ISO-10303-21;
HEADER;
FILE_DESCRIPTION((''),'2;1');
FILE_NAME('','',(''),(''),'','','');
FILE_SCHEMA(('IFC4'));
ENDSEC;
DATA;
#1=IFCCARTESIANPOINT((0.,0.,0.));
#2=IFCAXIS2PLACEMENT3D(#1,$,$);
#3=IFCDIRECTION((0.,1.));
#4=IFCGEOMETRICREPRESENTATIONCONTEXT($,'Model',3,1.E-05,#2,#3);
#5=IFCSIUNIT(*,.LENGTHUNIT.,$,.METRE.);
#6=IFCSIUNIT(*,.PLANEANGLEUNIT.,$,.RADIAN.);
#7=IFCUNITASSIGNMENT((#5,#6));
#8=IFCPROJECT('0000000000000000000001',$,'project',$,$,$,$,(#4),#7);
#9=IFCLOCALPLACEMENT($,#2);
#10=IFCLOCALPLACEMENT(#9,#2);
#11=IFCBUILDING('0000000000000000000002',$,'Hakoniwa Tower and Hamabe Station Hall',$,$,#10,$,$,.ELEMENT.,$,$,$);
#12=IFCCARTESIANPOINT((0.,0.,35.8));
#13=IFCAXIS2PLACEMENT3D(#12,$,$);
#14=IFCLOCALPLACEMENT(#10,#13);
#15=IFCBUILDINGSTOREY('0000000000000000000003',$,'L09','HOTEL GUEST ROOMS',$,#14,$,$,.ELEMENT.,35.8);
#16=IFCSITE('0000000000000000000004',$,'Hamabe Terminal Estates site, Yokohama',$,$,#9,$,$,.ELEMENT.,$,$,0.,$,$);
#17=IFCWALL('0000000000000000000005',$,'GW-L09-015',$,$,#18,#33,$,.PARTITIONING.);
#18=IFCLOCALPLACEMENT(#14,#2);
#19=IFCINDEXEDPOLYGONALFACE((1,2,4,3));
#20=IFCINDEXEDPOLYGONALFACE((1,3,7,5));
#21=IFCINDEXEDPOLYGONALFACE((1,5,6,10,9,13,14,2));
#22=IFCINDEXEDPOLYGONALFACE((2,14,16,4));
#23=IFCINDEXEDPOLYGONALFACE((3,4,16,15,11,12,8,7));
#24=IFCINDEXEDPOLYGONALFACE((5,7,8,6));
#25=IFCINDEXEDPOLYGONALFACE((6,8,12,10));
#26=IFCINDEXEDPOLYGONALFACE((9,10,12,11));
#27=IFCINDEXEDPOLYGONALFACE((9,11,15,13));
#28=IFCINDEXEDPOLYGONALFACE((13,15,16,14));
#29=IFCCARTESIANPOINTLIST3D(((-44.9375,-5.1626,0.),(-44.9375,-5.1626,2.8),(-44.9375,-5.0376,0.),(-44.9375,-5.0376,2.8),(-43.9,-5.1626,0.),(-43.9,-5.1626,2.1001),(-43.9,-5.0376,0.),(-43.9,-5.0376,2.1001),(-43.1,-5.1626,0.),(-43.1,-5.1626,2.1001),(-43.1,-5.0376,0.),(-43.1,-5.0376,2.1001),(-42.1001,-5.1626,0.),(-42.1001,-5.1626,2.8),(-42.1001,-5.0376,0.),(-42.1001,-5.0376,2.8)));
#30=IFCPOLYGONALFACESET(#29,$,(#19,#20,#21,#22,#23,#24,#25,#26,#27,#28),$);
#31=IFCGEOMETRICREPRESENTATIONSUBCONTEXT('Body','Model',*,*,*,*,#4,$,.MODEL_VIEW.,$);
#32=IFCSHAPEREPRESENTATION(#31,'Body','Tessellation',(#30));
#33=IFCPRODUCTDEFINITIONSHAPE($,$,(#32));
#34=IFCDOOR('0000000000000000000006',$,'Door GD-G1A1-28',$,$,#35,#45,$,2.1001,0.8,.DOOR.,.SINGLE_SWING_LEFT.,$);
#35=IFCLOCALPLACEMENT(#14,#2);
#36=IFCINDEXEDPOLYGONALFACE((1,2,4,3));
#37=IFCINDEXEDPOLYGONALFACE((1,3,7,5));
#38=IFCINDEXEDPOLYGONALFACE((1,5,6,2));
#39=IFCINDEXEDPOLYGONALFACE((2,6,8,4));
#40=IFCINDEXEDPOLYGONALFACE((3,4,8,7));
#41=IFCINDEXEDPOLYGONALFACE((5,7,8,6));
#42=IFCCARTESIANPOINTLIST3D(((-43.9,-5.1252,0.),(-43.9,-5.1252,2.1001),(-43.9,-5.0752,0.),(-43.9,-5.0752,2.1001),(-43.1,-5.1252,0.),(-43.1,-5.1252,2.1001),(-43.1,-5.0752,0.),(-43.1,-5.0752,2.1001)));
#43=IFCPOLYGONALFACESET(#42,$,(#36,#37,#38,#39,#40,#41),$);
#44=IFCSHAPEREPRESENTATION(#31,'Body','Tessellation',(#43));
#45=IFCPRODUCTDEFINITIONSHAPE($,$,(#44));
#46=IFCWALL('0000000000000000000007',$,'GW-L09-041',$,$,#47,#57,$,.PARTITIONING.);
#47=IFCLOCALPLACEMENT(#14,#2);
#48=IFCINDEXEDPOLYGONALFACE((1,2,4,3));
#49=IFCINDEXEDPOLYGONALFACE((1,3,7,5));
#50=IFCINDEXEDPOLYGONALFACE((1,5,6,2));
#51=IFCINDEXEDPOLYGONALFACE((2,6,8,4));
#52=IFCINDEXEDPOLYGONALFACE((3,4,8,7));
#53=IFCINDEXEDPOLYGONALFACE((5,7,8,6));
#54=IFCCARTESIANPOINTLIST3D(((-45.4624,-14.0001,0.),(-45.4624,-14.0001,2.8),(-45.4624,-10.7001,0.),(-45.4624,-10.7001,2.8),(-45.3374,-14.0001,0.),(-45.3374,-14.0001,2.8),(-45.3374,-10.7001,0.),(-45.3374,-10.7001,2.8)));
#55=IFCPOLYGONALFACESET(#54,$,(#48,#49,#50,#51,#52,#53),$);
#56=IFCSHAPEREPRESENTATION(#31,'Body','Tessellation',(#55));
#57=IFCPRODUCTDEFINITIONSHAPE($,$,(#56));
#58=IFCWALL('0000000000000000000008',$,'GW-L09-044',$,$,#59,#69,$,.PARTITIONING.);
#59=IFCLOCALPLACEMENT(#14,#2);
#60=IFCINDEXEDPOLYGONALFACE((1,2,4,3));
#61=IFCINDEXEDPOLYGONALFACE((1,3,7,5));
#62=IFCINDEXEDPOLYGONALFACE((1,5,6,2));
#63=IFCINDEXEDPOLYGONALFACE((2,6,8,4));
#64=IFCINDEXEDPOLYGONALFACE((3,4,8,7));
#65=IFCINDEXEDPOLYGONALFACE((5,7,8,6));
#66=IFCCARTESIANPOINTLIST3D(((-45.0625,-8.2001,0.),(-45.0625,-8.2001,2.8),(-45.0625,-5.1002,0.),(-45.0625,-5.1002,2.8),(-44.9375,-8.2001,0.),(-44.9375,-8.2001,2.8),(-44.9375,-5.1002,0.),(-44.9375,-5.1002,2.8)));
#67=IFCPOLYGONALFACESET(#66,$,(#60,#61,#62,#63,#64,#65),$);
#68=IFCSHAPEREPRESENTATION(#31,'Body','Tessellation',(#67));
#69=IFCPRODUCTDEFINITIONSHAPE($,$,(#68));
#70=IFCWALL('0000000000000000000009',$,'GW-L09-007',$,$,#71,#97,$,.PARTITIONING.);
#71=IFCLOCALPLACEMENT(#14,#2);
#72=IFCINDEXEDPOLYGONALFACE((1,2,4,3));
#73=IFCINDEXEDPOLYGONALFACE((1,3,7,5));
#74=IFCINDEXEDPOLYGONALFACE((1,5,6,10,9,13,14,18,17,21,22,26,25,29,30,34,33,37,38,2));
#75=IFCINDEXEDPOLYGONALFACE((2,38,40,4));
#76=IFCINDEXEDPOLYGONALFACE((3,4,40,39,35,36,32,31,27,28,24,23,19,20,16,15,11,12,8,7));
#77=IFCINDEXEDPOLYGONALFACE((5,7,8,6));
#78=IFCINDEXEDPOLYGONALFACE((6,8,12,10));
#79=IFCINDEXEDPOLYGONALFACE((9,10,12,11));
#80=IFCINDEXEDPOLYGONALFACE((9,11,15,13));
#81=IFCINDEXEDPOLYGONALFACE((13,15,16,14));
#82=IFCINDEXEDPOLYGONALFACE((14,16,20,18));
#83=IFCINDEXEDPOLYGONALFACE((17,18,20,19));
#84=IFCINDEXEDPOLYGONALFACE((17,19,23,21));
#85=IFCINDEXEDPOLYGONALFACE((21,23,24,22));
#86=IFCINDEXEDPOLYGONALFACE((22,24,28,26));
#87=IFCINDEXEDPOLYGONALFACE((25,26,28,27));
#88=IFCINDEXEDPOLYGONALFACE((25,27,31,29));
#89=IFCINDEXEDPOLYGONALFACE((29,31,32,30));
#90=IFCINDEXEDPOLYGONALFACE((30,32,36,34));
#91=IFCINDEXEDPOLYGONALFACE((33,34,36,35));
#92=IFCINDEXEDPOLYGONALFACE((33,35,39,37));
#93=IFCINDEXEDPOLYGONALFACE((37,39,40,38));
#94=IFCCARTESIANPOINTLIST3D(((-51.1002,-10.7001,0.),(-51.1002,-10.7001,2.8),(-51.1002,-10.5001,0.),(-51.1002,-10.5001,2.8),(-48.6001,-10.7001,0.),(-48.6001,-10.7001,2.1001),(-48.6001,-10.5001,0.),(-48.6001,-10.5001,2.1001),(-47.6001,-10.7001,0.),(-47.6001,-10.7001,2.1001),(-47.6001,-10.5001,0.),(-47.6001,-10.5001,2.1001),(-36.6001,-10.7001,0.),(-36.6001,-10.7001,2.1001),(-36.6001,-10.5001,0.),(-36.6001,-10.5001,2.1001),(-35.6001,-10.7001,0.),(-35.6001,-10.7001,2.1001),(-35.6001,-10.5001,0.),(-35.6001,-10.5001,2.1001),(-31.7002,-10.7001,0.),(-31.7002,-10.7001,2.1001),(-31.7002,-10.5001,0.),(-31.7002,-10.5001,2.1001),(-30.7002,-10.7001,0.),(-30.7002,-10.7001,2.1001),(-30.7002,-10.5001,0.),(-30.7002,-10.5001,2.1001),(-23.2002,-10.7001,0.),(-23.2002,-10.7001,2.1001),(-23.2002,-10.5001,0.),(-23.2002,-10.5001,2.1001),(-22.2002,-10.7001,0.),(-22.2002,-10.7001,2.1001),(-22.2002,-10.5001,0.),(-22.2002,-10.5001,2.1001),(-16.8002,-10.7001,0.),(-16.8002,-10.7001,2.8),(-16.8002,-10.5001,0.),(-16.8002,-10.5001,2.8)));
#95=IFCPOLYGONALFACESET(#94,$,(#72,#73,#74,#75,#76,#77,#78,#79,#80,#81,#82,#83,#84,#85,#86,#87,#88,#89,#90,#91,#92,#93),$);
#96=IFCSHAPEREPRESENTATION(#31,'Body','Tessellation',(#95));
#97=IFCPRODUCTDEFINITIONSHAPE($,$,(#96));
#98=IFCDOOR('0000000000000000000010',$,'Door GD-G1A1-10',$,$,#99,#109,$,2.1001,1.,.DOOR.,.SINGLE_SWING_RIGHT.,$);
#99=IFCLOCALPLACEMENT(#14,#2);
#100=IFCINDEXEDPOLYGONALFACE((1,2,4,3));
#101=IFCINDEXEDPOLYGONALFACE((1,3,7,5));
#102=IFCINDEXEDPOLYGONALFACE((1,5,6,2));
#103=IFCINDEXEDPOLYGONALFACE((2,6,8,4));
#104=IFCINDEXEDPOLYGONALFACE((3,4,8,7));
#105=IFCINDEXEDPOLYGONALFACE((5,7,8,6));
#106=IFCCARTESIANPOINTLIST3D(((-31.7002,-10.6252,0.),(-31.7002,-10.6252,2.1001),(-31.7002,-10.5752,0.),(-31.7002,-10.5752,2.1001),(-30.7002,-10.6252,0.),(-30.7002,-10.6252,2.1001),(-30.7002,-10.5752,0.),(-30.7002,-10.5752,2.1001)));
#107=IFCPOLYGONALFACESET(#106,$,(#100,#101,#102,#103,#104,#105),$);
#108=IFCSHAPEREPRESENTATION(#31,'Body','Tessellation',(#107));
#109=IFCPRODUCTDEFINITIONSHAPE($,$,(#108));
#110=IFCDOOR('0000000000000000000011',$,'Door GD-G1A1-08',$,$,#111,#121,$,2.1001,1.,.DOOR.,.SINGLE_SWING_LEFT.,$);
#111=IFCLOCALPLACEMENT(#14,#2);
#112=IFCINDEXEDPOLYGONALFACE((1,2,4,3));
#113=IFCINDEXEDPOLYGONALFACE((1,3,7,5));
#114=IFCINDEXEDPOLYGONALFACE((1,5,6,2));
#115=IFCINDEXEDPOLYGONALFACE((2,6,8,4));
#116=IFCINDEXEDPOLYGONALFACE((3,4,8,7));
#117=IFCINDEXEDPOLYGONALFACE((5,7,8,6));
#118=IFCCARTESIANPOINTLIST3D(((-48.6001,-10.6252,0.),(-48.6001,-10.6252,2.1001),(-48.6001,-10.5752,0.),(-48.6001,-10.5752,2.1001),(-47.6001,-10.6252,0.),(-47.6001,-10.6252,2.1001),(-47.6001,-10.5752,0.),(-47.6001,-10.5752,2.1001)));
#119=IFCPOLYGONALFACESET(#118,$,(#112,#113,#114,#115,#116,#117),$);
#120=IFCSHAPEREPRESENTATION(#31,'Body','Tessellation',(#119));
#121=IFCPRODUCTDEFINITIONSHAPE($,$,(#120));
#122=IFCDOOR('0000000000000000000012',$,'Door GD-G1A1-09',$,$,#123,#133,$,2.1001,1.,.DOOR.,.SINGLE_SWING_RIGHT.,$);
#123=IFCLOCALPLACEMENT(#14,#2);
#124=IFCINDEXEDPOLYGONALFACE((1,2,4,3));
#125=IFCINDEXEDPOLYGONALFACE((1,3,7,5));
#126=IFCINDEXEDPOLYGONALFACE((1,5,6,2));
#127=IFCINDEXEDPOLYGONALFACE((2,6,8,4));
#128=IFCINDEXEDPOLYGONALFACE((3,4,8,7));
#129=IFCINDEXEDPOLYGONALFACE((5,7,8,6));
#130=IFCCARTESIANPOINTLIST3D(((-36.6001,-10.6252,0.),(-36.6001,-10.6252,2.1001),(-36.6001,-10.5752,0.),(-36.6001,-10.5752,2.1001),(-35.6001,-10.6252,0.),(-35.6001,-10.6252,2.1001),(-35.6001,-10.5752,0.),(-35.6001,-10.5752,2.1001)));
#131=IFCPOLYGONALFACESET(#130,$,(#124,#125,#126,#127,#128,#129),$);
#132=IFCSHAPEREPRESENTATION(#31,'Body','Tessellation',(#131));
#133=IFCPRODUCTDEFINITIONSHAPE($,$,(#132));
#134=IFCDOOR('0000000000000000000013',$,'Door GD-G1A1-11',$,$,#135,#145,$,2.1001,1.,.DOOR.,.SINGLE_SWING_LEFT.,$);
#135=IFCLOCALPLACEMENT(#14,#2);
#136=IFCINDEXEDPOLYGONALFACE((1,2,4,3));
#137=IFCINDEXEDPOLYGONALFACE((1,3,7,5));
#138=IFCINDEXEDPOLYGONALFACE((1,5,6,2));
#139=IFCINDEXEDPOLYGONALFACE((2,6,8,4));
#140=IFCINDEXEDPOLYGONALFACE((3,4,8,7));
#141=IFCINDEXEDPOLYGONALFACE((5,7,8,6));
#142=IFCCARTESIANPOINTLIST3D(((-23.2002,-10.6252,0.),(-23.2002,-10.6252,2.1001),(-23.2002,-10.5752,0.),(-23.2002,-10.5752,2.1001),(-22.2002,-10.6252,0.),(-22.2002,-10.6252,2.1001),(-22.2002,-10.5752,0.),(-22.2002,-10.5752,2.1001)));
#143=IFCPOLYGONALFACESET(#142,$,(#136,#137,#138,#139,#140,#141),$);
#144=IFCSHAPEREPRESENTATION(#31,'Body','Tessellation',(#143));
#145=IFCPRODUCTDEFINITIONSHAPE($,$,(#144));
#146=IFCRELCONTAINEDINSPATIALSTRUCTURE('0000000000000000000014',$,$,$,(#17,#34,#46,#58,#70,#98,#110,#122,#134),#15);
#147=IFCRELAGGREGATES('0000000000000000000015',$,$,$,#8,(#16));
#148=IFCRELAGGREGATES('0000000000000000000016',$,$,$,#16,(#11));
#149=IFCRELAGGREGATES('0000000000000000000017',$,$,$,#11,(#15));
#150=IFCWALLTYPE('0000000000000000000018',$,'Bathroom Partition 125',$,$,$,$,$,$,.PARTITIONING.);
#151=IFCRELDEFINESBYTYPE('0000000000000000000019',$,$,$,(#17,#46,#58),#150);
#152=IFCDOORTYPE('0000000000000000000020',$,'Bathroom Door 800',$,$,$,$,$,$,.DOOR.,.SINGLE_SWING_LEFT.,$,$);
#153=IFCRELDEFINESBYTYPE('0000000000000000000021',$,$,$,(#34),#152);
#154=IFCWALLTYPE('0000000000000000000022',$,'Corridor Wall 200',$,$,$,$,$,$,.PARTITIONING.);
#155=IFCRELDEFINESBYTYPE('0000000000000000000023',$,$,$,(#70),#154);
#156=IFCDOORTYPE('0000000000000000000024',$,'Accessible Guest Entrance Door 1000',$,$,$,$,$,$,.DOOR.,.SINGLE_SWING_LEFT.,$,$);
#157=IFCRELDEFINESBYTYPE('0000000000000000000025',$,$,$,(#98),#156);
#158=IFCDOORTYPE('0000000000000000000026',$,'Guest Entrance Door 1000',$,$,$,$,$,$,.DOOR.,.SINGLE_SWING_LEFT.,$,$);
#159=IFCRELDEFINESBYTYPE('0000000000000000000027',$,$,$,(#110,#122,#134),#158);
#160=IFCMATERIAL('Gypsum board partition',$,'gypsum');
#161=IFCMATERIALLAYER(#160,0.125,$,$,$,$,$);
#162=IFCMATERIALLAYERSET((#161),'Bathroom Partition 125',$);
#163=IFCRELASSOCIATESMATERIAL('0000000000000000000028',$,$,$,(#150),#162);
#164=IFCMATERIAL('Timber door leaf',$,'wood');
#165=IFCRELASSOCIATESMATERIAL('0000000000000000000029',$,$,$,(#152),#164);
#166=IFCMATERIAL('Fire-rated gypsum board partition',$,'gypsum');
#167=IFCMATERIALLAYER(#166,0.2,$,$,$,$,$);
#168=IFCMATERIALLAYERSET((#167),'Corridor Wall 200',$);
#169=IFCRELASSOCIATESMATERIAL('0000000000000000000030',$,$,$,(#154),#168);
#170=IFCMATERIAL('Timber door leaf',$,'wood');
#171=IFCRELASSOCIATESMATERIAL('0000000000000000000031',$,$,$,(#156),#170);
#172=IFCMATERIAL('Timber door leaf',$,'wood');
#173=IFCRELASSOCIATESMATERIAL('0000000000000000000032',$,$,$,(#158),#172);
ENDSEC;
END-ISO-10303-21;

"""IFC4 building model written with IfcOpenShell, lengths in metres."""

from ifc_helpers import new_model, si_unit, direction, frame, frame_2d, origin, place, context, subcontext, project, spatial, rectangle, extrude, material, layer, layer_set, type_object, element, fill, save


model = new_model("IFC4")

# Units and contexts
model_context = context("Model", 3, precision=1e-05, world=origin(), true_north=direction((0.0, 1.0)))
body_context = subcontext(model_context, "Body", "Model", "MODEL_VIEW")
ifc_project = project(units=[si_unit("LENGTHUNIT", "METRE"), si_unit("PLANEANGLEUNIT", "RADIAN")], contexts=[model_context])

# Site, building, storey
site_placement = place(None, origin())
site = spatial("IfcSite", under=ifc_project, at=site_placement, Name="Hamabe Terminal Estates site, Yokohama", CompositionType="ELEMENT", RefElevation=0.0)
building_placement = place(site_placement, origin())
building = spatial("IfcBuilding", under=site, at=building_placement, Name="Hakoniwa Tower and Hamabe Station Hall", CompositionType="ELEMENT")
storey_placement = place(building_placement, frame((0.0, 0.0, 35.8)))
storey = spatial("IfcBuildingStorey", under=building, at=storey_placement, Name="L09", Description="HOTEL GUEST ROOMS", CompositionType="ELEMENT", Elevation=35.8)

# Shared definitions
ifc_material_1 = material(Name="Gypsum board partition", Category="gypsum")
ifc_layer_1 = layer(ifc_material_1, 0.125)
ifc_layer_set_1 = layer_set([ifc_layer_1], Name="Bathroom Partition 125")
wall_type_1 = type_object("IfcWallType", Name="Bathroom Partition 125", PredefinedType="PARTITIONING", material=ifc_layer_set_1)
ifc_material_2 = material(Name="Timber door leaf", Category="wood")
door_type_1 = type_object("IfcDoorType", Name="Bathroom Door 800", OperationType="SINGLE_SWING_LEFT", PredefinedType="DOOR", material=ifc_material_2)

# Wall, opening, door
wall_1_placement = place(storey_placement, frame((-44.9375, -5.1001, 0.0), z_axis=(0.0, 0.0, 1.0), x_axis=(1.0, 0.0, 0.0)))
wall_1 = element("IfcWall", 1, at=wall_1_placement, inside=storey, type_object=wall_type_1, Name="GW-L09-015", PredefinedType="PARTITIONING", context=body_context, shape_type="SweptSolid", body=[
    extrude(rectangle(XDim=2.8374, YDim=0.125, at=frame_2d((1.4187, 0.0))), origin(), (0.0, 0.0, 1.0), 2.8),
])
opening_1_placement = place(wall_1_placement, frame((1.0376, 0.0, 0.0)))
opening_1 = element("IfcOpeningElement", 2, at=opening_1_placement, cuts=wall_1, PredefinedType="OPENING", context=body_context, shape_type="SweptSolid", body=[
    extrude(rectangle(XDim=0.8, YDim=2.1001, at=frame_2d((0.3999, 1.05))), frame((0.0, 0.0725, 0.0), z_axis=(0.0, -1.0, 0.0), x_axis=(1.0, 0.0, 0.0)), (0.0, 0.0, 1.0), 0.145),
])
door_1_placement = place(opening_1_placement, origin())
door_1 = element("IfcDoor", 3, at=door_1_placement, inside=storey, type_object=door_type_1, Name="Door GD-G1A1-28", OperationType="SINGLE_SWING_LEFT", OverallHeight=2.1001, OverallWidth=0.8, PredefinedType="DOOR", context=body_context, shape_type="SweptSolid", body=[
    extrude(rectangle(XDim=0.8, YDim=2.1001, at=frame_2d((0.3999, 1.05))), frame((0.0, 0.0249, 0.0), z_axis=(0.0, -1.0, 0.0), x_axis=(1.0, 0.0, 0.0)), (0.0, 0.0, 1.0), 0.05),
])
fill(opening_1, door_1)

# Walls
wall_2_placement = place(storey_placement, frame((-45.3999, -14.0, 0.0), z_axis=(0.0, 0.0, 1.0), x_axis=(0.0, 1.0, 0.0)))
element("IfcWall", 4, at=wall_2_placement, inside=storey, type_object=wall_type_1, Name="GW-L09-041", PredefinedType="PARTITIONING", context=body_context, shape_type="SweptSolid", body=[
    extrude(rectangle(XDim=3.3, YDim=0.125, at=frame_2d((1.6499, 0.0))), origin(), (0.0, 0.0, 1.0), 2.8),
])
wall_3_placement = place(storey_placement, frame((-45.0, -8.2, 0.0), z_axis=(0.0, 0.0, 1.0), x_axis=(0.0, 1.0, 0.0)))
element("IfcWall", 5, at=wall_3_placement, inside=storey, type_object=wall_type_1, Name="GW-L09-044", PredefinedType="PARTITIONING", context=body_context, shape_type="SweptSolid", body=[
    extrude(rectangle(XDim=3.0999, YDim=0.125, at=frame_2d((1.5498, 0.0))), origin(), (0.0, 0.0, 1.0), 2.8),
])

# Wall, openings, doors
ifc_material_3 = material(Name="Fire-rated gypsum board partition", Category="gypsum")
ifc_layer_2 = layer(ifc_material_3, 0.2)
ifc_layer_set_2 = layer_set([ifc_layer_2], Name="Corridor Wall 200")
wall_type_2 = type_object("IfcWallType", Name="Corridor Wall 200", PredefinedType="PARTITIONING", material=ifc_layer_set_2)
wall_4_placement = place(storey_placement, frame((-51.1001, -10.6001, 0.0), z_axis=(0.0, 0.0, 1.0), x_axis=(1.0, 0.0, 0.0)))
wall_4 = element("IfcWall", 6, at=wall_4_placement, inside=storey, type_object=wall_type_2, Name="GW-L09-007", PredefinedType="PARTITIONING", context=body_context, shape_type="SweptSolid", body=[
    extrude(rectangle(XDim=34.3, YDim=0.2, at=frame_2d((17.1499, 0.0))), origin(), (0.0, 0.0, 1.0), 2.8),
])
opening_2_placement = place(wall_4_placement, frame((2.5, 0.0, 0.0)))
opening_2 = element("IfcOpeningElement", 7, at=opening_2_placement, cuts=wall_4, PredefinedType="OPENING", context=body_context, shape_type="SweptSolid", body=[
    extrude(rectangle(XDim=1.0, YDim=2.1001, at=frame_2d((0.5, 1.05))), frame((0.0, 0.1099, 0.0), z_axis=(0.0, -1.0, 0.0), x_axis=(1.0, 0.0, 0.0)), (0.0, 0.0, 1.0), 0.22),
])
opening_3_placement = place(wall_4_placement, frame((14.5, 0.0, 0.0)))
opening_3 = element("IfcOpeningElement", 8, at=opening_3_placement, cuts=wall_4, PredefinedType="OPENING", context=body_context, shape_type="SweptSolid", body=[
    extrude(rectangle(XDim=1.0, YDim=2.1001, at=frame_2d((0.5, 1.05))), frame((0.0, 0.1099, 0.0), z_axis=(0.0, -1.0, 0.0), x_axis=(1.0, 0.0, 0.0)), (0.0, 0.0, 1.0), 0.22),
])
opening_4_placement = place(wall_4_placement, frame((19.3999, 0.0, 0.0)))
opening_4 = element("IfcOpeningElement", 9, at=opening_4_placement, cuts=wall_4, PredefinedType="OPENING", context=body_context, shape_type="SweptSolid", body=[
    extrude(rectangle(XDim=1.0, YDim=2.1001, at=frame_2d((0.5, 1.05))), frame((0.0, 0.1099, 0.0), z_axis=(0.0, -1.0, 0.0), x_axis=(1.0, 0.0, 0.0)), (0.0, 0.0, 1.0), 0.22),
])
opening_5_placement = place(wall_4_placement, frame((27.8999, 0.0, 0.0)))
opening_5 = element("IfcOpeningElement", 10, at=opening_5_placement, cuts=wall_4, PredefinedType="OPENING", context=body_context, shape_type="SweptSolid", body=[
    extrude(rectangle(XDim=1.0, YDim=2.1001, at=frame_2d((0.5, 1.05))), frame((0.0, 0.1099, 0.0), z_axis=(0.0, -1.0, 0.0), x_axis=(1.0, 0.0, 0.0)), (0.0, 0.0, 1.0), 0.22),
])
ifc_material_4 = material(Name="Timber door leaf", Category="wood")
door_type_2 = type_object("IfcDoorType", Name="Accessible Guest Entrance Door 1000", OperationType="SINGLE_SWING_LEFT", PredefinedType="DOOR", material=ifc_material_4)
door_2_placement = place(opening_4_placement, origin())
door_2 = element("IfcDoor", 11, at=door_2_placement, inside=storey, type_object=door_type_2, Name="Door GD-G1A1-10", OperationType="SINGLE_SWING_RIGHT", OverallHeight=2.1001, OverallWidth=1.0, PredefinedType="DOOR", context=body_context, shape_type="SweptSolid", body=[
    extrude(rectangle(XDim=1.0, YDim=2.1001, at=frame_2d((0.5, 1.05))), frame((0.0, 0.0249, 0.0), z_axis=(0.0, -1.0, 0.0), x_axis=(1.0, 0.0, 0.0)), (0.0, 0.0, 1.0), 0.05),
])
fill(opening_4, door_2)
ifc_material_5 = material(Name="Timber door leaf", Category="wood")
door_type_3 = type_object("IfcDoorType", Name="Guest Entrance Door 1000", OperationType="SINGLE_SWING_LEFT", PredefinedType="DOOR", material=ifc_material_5)
door_3_placement = place(opening_2_placement, origin())
door_3 = element("IfcDoor", 12, at=door_3_placement, inside=storey, type_object=door_type_3, Name="Door GD-G1A1-08", OperationType="SINGLE_SWING_LEFT", OverallHeight=2.1001, OverallWidth=1.0, PredefinedType="DOOR", context=body_context, shape_type="SweptSolid", body=[
    extrude(rectangle(XDim=1.0, YDim=2.1001, at=frame_2d((0.5, 1.05))), frame((0.0, 0.0249, 0.0), z_axis=(0.0, -1.0, 0.0), x_axis=(1.0, 0.0, 0.0)), (0.0, 0.0, 1.0), 0.05),
])
fill(opening_2, door_3)
door_4_placement = place(opening_3_placement, origin())
door_4 = element("IfcDoor", 13, at=door_4_placement, inside=storey, type_object=door_type_3, Name="Door GD-G1A1-09", OperationType="SINGLE_SWING_RIGHT", OverallHeight=2.1001, OverallWidth=1.0, PredefinedType="DOOR", context=body_context, shape_type="SweptSolid", body=[
    extrude(rectangle(XDim=1.0, YDim=2.1001, at=frame_2d((0.5, 1.05))), frame((0.0, 0.0249, 0.0), z_axis=(0.0, -1.0, 0.0), x_axis=(1.0, 0.0, 0.0)), (0.0, 0.0, 1.0), 0.05),
])
fill(opening_3, door_4)
door_5_placement = place(opening_5_placement, origin())
door_5 = element("IfcDoor", 14, at=door_5_placement, inside=storey, type_object=door_type_3, Name="Door GD-G1A1-11", OperationType="SINGLE_SWING_LEFT", OverallHeight=2.1001, OverallWidth=1.0, PredefinedType="DOOR", context=body_context, shape_type="SweptSolid", body=[
    extrude(rectangle(XDim=1.0, YDim=2.1001, at=frame_2d((0.5, 1.05))), frame((0.0, 0.0249, 0.0), z_axis=(0.0, -1.0, 0.0), x_axis=(1.0, 0.0, 0.0)), (0.0, 0.0, 1.0), 0.05),
])
fill(opening_5, door_5)

save(model, "model.ifc")
